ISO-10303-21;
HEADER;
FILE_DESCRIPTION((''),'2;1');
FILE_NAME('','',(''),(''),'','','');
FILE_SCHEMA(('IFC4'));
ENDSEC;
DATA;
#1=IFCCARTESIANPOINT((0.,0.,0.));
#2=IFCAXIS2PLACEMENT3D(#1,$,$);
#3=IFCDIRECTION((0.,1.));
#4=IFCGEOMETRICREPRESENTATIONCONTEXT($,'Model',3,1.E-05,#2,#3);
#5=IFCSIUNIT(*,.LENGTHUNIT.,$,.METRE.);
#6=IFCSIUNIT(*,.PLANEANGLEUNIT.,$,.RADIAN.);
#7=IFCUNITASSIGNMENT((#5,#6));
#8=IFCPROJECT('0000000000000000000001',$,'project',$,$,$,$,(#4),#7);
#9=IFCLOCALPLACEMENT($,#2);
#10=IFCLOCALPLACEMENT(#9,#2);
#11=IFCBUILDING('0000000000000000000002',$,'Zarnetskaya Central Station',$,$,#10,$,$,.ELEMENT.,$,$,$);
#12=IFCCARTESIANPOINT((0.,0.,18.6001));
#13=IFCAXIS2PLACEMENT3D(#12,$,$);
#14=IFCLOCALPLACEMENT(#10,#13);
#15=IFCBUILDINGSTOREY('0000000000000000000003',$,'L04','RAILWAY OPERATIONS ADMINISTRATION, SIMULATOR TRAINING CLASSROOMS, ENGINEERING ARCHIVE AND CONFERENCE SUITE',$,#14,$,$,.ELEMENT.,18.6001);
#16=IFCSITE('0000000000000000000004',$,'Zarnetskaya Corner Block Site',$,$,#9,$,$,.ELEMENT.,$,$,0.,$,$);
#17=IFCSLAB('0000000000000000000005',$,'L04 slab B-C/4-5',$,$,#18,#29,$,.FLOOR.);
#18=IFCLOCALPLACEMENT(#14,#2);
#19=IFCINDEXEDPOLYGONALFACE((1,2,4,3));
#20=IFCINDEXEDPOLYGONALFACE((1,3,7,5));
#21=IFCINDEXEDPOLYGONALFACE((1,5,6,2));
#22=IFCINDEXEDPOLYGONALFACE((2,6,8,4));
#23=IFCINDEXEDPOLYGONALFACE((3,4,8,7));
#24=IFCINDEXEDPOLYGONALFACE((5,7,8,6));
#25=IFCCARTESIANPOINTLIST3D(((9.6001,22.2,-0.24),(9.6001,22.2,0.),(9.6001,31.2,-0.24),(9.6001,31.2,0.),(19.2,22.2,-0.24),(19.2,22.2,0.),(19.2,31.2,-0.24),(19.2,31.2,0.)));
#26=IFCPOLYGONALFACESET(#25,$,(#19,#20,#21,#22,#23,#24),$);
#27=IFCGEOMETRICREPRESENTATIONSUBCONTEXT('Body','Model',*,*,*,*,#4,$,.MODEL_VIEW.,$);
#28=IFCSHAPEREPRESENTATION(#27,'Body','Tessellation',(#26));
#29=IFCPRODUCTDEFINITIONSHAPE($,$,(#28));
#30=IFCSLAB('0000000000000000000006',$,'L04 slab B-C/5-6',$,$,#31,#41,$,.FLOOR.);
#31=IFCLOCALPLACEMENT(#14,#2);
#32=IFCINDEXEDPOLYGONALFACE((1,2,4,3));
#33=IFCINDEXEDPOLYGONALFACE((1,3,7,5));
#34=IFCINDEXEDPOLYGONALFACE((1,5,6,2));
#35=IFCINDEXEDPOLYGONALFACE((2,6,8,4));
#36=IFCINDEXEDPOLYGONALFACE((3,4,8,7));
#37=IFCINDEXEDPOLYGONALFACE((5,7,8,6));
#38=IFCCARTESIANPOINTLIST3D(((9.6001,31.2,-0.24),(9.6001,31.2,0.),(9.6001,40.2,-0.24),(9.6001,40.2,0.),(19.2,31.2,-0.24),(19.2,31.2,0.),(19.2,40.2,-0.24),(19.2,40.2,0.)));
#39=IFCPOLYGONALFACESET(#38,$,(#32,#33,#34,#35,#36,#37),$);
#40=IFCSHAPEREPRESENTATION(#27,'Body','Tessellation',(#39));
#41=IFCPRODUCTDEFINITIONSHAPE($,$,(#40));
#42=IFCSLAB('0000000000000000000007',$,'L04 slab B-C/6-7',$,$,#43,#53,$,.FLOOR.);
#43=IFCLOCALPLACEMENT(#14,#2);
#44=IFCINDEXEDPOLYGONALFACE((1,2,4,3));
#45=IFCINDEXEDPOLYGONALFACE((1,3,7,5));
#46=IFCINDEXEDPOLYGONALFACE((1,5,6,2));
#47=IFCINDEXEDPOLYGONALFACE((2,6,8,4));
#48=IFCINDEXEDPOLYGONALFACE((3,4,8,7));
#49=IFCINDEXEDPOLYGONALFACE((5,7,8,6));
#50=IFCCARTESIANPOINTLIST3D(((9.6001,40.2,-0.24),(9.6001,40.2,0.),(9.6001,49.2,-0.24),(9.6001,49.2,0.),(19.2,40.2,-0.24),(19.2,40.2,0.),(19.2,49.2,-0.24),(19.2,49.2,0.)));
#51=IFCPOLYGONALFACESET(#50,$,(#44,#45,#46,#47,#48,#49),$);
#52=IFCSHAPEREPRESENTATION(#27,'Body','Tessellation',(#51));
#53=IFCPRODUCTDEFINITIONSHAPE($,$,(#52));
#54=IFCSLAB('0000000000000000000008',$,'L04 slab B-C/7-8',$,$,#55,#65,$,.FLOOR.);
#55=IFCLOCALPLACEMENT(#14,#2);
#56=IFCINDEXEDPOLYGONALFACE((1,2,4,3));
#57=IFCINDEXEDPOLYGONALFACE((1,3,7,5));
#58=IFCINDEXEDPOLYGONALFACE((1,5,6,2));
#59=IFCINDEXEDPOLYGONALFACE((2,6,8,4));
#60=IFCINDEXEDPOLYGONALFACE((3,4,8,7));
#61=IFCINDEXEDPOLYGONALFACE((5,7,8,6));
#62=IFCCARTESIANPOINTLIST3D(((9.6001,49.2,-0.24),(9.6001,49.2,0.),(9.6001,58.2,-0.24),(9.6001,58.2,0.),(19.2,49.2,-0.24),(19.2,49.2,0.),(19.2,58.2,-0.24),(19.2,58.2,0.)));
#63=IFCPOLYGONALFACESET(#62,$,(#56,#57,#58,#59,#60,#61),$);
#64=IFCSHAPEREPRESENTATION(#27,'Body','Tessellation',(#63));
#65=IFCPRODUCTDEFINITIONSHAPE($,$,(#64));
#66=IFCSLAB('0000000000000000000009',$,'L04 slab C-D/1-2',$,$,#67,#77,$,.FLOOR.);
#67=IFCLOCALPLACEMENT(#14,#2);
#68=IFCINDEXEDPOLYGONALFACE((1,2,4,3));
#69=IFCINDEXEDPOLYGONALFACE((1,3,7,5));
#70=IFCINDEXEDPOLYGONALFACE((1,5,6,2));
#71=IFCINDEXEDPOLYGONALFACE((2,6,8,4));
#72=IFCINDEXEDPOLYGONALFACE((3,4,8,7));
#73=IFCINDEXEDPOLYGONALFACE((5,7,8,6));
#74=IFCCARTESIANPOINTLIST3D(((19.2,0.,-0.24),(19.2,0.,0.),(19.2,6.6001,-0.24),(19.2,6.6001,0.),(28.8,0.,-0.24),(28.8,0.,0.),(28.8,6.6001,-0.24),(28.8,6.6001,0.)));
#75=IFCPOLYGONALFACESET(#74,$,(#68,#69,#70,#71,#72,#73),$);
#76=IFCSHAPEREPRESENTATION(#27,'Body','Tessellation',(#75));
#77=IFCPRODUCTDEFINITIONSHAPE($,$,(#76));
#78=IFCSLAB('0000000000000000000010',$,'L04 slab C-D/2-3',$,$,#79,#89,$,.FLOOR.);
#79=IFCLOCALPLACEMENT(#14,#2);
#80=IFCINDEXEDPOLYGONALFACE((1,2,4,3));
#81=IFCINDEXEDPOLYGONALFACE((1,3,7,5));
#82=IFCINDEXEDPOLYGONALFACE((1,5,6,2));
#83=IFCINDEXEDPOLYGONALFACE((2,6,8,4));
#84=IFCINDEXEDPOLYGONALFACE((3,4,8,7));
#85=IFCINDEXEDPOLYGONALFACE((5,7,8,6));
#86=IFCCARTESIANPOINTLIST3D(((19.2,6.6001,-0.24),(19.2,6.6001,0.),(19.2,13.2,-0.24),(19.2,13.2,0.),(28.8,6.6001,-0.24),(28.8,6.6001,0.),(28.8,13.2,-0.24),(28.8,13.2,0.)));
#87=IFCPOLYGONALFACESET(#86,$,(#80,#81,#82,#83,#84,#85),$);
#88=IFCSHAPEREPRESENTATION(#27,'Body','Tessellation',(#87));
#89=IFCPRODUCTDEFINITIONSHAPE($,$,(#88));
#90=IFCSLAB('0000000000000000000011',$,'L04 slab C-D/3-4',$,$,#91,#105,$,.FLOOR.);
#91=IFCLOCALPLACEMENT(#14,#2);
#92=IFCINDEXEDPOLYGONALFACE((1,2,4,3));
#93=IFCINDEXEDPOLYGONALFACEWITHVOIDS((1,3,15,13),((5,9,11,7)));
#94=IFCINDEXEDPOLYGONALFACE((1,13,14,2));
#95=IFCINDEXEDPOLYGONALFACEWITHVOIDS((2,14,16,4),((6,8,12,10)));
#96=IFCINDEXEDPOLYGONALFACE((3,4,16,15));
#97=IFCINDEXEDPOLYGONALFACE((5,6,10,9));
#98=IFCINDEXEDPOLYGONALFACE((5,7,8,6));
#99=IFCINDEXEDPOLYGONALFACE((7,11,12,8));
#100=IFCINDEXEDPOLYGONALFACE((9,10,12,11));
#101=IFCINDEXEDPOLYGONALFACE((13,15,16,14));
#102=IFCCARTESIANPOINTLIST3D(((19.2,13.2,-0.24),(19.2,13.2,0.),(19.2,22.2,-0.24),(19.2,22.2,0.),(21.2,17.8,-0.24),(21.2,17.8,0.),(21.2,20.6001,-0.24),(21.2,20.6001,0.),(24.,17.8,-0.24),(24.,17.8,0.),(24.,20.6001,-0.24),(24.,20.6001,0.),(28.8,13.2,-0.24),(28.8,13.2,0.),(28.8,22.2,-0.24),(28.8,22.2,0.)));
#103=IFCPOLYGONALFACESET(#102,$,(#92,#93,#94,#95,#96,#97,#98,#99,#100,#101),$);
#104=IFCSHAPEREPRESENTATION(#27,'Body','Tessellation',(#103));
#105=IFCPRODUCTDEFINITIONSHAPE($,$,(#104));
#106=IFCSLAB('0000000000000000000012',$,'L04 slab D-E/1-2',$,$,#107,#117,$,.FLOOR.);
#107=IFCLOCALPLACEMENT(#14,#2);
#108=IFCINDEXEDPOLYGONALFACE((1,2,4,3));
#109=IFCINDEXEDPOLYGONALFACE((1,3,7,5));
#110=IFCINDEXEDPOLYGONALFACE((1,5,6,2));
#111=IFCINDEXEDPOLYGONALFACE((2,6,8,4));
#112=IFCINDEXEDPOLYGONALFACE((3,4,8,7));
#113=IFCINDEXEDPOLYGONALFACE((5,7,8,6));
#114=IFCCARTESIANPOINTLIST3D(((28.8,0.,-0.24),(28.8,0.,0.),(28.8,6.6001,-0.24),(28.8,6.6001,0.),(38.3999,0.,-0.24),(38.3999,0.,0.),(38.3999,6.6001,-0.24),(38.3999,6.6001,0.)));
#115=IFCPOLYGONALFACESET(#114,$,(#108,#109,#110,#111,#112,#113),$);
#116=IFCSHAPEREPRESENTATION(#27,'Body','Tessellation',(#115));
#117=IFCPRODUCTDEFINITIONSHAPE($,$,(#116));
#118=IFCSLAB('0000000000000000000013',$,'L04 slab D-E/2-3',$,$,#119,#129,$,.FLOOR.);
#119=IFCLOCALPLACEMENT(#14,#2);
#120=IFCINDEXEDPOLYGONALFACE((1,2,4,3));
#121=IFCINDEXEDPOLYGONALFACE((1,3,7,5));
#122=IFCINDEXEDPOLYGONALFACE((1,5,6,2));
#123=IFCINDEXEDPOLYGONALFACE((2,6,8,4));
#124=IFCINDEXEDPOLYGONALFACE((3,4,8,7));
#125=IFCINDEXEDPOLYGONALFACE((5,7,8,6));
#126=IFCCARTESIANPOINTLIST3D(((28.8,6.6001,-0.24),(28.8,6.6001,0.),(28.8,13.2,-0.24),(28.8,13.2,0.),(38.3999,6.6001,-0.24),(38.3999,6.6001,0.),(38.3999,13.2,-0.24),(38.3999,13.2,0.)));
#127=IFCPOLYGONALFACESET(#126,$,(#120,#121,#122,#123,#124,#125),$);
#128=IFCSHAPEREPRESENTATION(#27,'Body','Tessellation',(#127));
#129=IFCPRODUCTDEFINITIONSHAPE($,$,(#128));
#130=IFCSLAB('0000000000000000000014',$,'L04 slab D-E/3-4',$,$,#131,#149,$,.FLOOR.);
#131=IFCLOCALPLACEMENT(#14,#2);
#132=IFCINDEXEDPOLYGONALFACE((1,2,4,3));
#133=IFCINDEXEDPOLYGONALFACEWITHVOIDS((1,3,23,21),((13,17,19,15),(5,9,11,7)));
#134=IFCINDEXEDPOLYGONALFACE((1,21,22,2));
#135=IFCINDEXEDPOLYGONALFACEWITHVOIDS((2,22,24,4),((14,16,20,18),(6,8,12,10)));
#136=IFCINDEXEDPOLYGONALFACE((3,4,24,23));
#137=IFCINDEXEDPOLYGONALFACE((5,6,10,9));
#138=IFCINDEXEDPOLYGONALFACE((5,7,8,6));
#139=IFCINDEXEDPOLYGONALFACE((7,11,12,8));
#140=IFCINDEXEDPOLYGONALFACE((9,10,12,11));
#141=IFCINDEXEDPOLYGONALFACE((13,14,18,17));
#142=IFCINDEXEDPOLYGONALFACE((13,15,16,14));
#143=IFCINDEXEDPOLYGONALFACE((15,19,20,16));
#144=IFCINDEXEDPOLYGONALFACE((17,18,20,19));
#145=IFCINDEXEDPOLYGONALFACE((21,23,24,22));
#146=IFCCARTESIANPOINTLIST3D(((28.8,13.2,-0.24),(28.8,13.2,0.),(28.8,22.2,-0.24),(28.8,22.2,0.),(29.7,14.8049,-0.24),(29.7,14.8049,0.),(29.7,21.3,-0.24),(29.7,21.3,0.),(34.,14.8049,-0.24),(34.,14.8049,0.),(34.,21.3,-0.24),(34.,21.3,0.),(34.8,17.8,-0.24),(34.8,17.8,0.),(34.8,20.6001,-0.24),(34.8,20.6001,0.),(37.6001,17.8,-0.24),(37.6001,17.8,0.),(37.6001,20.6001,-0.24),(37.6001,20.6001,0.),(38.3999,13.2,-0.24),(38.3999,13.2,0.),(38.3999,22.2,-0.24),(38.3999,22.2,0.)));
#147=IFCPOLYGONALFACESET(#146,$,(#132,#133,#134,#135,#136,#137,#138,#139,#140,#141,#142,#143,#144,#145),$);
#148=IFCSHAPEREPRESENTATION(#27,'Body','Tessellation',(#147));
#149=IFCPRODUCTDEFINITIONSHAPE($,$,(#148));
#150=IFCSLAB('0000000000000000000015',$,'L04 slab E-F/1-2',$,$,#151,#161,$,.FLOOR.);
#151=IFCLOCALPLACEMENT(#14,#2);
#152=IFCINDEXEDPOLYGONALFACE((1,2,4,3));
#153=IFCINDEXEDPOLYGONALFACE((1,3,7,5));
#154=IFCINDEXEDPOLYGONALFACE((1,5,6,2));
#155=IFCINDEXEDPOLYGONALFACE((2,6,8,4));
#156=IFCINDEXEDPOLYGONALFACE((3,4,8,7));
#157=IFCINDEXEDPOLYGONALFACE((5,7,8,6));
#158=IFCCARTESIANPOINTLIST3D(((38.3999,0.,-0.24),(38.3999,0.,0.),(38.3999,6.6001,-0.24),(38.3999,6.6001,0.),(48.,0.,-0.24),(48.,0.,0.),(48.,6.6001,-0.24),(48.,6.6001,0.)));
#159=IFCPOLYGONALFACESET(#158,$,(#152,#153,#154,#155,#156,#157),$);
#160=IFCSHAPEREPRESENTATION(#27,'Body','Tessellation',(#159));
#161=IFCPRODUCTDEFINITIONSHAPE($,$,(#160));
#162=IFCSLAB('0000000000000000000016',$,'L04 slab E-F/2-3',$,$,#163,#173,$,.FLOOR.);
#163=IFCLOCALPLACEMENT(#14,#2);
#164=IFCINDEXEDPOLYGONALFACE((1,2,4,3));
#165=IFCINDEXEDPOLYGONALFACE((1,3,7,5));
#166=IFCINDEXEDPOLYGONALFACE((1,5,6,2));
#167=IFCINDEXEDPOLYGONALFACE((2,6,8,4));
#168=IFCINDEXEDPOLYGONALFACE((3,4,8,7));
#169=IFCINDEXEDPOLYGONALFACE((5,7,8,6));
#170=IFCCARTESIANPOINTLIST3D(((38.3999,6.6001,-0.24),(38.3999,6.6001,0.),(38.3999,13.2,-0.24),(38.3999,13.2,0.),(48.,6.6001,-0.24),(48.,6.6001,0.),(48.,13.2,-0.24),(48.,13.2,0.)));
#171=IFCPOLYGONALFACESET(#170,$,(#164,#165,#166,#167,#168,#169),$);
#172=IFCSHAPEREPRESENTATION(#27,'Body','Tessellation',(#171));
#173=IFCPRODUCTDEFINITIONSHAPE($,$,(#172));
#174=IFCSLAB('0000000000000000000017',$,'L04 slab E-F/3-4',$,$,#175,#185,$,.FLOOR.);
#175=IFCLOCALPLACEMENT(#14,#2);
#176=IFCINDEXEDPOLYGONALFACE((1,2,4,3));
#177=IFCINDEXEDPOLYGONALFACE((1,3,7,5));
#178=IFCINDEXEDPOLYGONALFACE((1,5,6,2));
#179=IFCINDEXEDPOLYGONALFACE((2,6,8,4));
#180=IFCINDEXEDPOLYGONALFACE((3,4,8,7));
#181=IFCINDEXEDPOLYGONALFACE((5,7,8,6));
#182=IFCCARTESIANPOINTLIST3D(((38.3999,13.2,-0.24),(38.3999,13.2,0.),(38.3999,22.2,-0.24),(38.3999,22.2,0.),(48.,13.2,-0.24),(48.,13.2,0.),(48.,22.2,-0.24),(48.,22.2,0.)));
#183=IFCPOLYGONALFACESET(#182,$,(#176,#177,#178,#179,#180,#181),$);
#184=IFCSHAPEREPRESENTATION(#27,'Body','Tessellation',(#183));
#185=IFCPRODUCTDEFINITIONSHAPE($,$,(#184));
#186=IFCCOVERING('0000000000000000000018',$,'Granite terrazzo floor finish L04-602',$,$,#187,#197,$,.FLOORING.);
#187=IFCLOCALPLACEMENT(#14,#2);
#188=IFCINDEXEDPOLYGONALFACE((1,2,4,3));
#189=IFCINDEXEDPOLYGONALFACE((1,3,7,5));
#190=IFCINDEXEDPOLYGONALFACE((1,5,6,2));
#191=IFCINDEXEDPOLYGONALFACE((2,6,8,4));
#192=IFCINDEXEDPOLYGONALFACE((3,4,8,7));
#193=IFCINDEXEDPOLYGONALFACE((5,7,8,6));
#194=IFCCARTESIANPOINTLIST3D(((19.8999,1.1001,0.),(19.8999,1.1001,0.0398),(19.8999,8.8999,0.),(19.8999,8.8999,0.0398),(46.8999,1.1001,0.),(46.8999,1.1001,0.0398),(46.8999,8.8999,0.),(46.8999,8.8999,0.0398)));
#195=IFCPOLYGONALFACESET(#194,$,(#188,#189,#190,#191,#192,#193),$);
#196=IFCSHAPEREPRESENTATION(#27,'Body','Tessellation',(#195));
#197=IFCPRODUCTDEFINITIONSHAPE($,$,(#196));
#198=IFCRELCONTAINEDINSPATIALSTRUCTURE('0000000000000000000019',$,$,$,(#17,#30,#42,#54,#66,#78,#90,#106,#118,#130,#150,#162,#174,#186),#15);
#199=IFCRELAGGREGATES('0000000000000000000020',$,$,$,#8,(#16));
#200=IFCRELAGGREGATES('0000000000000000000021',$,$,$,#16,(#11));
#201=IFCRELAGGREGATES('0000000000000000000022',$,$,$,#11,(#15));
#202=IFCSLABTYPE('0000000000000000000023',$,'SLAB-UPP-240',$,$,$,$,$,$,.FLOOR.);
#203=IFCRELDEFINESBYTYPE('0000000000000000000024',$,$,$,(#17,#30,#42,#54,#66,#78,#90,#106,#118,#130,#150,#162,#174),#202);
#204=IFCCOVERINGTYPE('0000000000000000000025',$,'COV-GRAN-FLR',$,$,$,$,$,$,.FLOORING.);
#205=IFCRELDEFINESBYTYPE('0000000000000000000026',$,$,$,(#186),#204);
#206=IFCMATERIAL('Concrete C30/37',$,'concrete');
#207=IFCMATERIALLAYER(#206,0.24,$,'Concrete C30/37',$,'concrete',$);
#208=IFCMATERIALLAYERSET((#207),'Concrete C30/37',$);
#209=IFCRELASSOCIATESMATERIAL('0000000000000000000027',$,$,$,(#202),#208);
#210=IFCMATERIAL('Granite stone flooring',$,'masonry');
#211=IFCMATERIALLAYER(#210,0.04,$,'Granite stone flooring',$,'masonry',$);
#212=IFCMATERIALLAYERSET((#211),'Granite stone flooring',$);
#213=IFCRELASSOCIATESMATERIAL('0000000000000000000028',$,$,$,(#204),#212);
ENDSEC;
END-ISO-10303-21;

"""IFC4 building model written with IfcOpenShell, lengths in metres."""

from ifc_helpers import new_model, si_unit, direction, frame, origin, place, context, subcontext, project, spatial, polyline, outline, extrude, material, layer, layer_set, type_object, element, save


model = new_model("IFC4")

# Units and contexts
model_context = context("Model", 3, precision=1e-05, world=origin(), true_north=direction((0.0, 1.0)))
body_context = subcontext(model_context, "Body", "Model", "MODEL_VIEW")
ifc_project = project(units=[si_unit("LENGTHUNIT", "METRE"), si_unit("PLANEANGLEUNIT", "RADIAN")], contexts=[model_context])

# Site, building, storey
site_placement = place(None, origin())
site = spatial("IfcSite", under=ifc_project, at=site_placement, Name="Zarnetskaya Corner Block Site", CompositionType="ELEMENT", RefElevation=0.0)
building_placement = place(site_placement, origin())
building = spatial("IfcBuilding", under=site, at=building_placement, Name="Zarnetskaya Central Station", CompositionType="ELEMENT")
storey_placement = place(building_placement, frame((0.0, 0.0, 18.6001)))
storey = spatial("IfcBuildingStorey", under=building, at=storey_placement, Name="L04", Description="RAILWAY OPERATIONS ADMINISTRATION, SIMULATOR TRAINING CLASSROOMS, ENGINEERING ARCHIVE AND CONFERENCE SUITE", CompositionType="ELEMENT", Elevation=18.6001)

# Shared definitions
ifc_material_1 = material(Name="Concrete C30/37", Category="concrete")

# Slabs
ifc_layer_1 = layer(ifc_material_1, 0.24, Name="Concrete C30/37", Category="concrete")
ifc_layer_set_1 = layer_set([ifc_layer_1], Name="Concrete C30/37")
slab_type_1 = type_object("IfcSlabType", Name="SLAB-UPP-240", PredefinedType="FLOOR", material=ifc_layer_set_1)
slab_1_placement = place(storey_placement, frame((0.0, 0.0, -0.24)))
element("IfcSlab", 1, at=slab_1_placement, inside=storey, type_object=slab_type_1, Name="L04 slab B-C/4-5", PredefinedType="FLOOR", context=body_context, shape_type="SweptSolid", body=[
    extrude(outline(polyline([(9.6001, 22.2), (19.2, 22.2), (19.2, 31.2), (9.6001, 31.2), (9.6001, 22.2)])), origin(), (0.0, 0.0, 1.0), 0.24),
])
slab_2_placement = place(storey_placement, frame((0.0, 0.0, -0.24)))
element("IfcSlab", 2, at=slab_2_placement, inside=storey, type_object=slab_type_1, Name="L04 slab B-C/5-6", PredefinedType="FLOOR", context=body_context, shape_type="SweptSolid", body=[
    extrude(outline(polyline([(9.6001, 31.2), (19.2, 31.2), (19.2, 40.2), (9.6001, 40.2), (9.6001, 31.2)])), origin(), (0.0, 0.0, 1.0), 0.24),
])
slab_3_placement = place(storey_placement, frame((0.0, 0.0, -0.24)))
element("IfcSlab", 3, at=slab_3_placement, inside=storey, type_object=slab_type_1, Name="L04 slab B-C/6-7", PredefinedType="FLOOR", context=body_context, shape_type="SweptSolid", body=[
    extrude(outline(polyline([(9.6001, 40.2), (19.2, 40.2), (19.2, 49.2), (9.6001, 49.2), (9.6001, 40.2)])), origin(), (0.0, 0.0, 1.0), 0.24),
])
slab_4_placement = place(storey_placement, frame((0.0, 0.0, -0.24)))
element("IfcSlab", 4, at=slab_4_placement, inside=storey, type_object=slab_type_1, Name="L04 slab B-C/7-8", PredefinedType="FLOOR", context=body_context, shape_type="SweptSolid", body=[
    extrude(outline(polyline([(9.6001, 49.2), (19.2, 49.2), (19.2, 58.2), (9.6001, 58.2), (9.6001, 49.2)])), origin(), (0.0, 0.0, 1.0), 0.24),
])
slab_5_placement = place(storey_placement, frame((0.0, 0.0, -0.24)))
element("IfcSlab", 5, at=slab_5_placement, inside=storey, type_object=slab_type_1, Name="L04 slab C-D/1-2", PredefinedType="FLOOR", context=body_context, shape_type="SweptSolid", body=[
    extrude(outline(polyline([(19.2, 0.0), (28.8, 0.0), (28.8, 6.6001), (19.2, 6.6001), (19.2, 0.0)])), origin(), (0.0, 0.0, 1.0), 0.24),
])
slab_6_placement = place(storey_placement, frame((0.0, 0.0, -0.24)))
element("IfcSlab", 6, at=slab_6_placement, inside=storey, type_object=slab_type_1, Name="L04 slab C-D/2-3", PredefinedType="FLOOR", context=body_context, shape_type="SweptSolid", body=[
    extrude(outline(polyline([(19.2, 6.6001), (28.8, 6.6001), (28.8, 13.2), (19.2, 13.2), (19.2, 6.6001)])), origin(), (0.0, 0.0, 1.0), 0.24),
])
slab_7_placement = place(storey_placement, frame((0.0, 0.0, -0.24)))
element("IfcSlab", 7, at=slab_7_placement, inside=storey, type_object=slab_type_1, Name="L04 slab C-D/3-4", PredefinedType="FLOOR", context=body_context, shape_type="SweptSolid", body=[
    extrude(outline(polyline([(19.2, 13.2), (28.8, 13.2), (28.8, 22.2), (19.2, 22.2), (19.2, 13.2)]), holes=[polyline([(21.2, 17.8), (24.0, 17.8), (24.0, 20.6001), (21.2, 20.6001), (21.2, 17.8)])]), origin(), (0.0, 0.0, 1.0), 0.24),
])
slab_8_placement = place(storey_placement, frame((0.0, 0.0, -0.24)))
element("IfcSlab", 8, at=slab_8_placement, inside=storey, type_object=slab_type_1, Name="L04 slab D-E/1-2", PredefinedType="FLOOR", context=body_context, shape_type="SweptSolid", body=[
    extrude(outline(polyline([(28.8, 0.0), (38.3999, 0.0), (38.3999, 6.6001), (28.8, 6.6001), (28.8, 0.0)])), origin(), (0.0, 0.0, 1.0), 0.24),
])
slab_9_placement = place(storey_placement, frame((0.0, 0.0, -0.24)))
element("IfcSlab", 9, at=slab_9_placement, inside=storey, type_object=slab_type_1, Name="L04 slab D-E/2-3", PredefinedType="FLOOR", context=body_context, shape_type="SweptSolid", body=[
    extrude(outline(polyline([(28.8, 6.6001), (38.3999, 6.6001), (38.3999, 13.2), (28.8, 13.2), (28.8, 6.6001)])), origin(), (0.0, 0.0, 1.0), 0.24),
])
slab_10_placement = place(storey_placement, frame((0.0, 0.0, -0.24)))
element("IfcSlab", 10, at=slab_10_placement, inside=storey, type_object=slab_type_1, Name="L04 slab D-E/3-4", PredefinedType="FLOOR", context=body_context, shape_type="SweptSolid", body=[
    extrude(outline(polyline([(28.8, 13.2), (38.3999, 13.2), (38.3999, 22.2), (28.8, 22.2), (28.8, 13.2)]), holes=[polyline([(29.7, 14.8049), (34.0, 14.8049), (34.0, 21.3), (29.7, 21.3), (29.7, 14.8049)]), polyline([(34.8, 17.8), (37.6001, 17.8), (37.6001, 20.6001), (34.8, 20.6001), (34.8, 17.8)])]), origin(), (0.0, 0.0, 1.0), 0.24),
])
slab_11_placement = place(storey_placement, frame((0.0, 0.0, -0.24)))
element("IfcSlab", 11, at=slab_11_placement, inside=storey, type_object=slab_type_1, Name="L04 slab E-F/1-2", PredefinedType="FLOOR", context=body_context, shape_type="SweptSolid", body=[
    extrude(outline(polyline([(38.3999, 0.0), (48.0, 0.0), (48.0, 6.6001), (38.3999, 6.6001), (38.3999, 0.0)])), origin(), (0.0, 0.0, 1.0), 0.24),
])
slab_12_placement = place(storey_placement, frame((0.0, 0.0, -0.24)))
element("IfcSlab", 12, at=slab_12_placement, inside=storey, type_object=slab_type_1, Name="L04 slab E-F/2-3", PredefinedType="FLOOR", context=body_context, shape_type="SweptSolid", body=[
    extrude(outline(polyline([(38.3999, 6.6001), (48.0, 6.6001), (48.0, 13.2), (38.3999, 13.2), (38.3999, 6.6001)])), origin(), (0.0, 0.0, 1.0), 0.24),
])
slab_13_placement = place(storey_placement, frame((0.0, 0.0, -0.24)))
element("IfcSlab", 13, at=slab_13_placement, inside=storey, type_object=slab_type_1, Name="L04 slab E-F/3-4", PredefinedType="FLOOR", context=body_context, shape_type="SweptSolid", body=[
    extrude(outline(polyline([(38.3999, 13.2), (48.0, 13.2), (48.0, 22.2), (38.3999, 22.2), (38.3999, 13.2)])), origin(), (0.0, 0.0, 1.0), 0.24),
])

# Covering
ifc_material_2 = material(Name="Granite stone flooring", Category="masonry")
ifc_layer_2 = layer(ifc_material_2, 0.04, Name="Granite stone flooring", Category="masonry")
ifc_layer_set_2 = layer_set([ifc_layer_2], Name="Granite stone flooring")
covering_type_1 = type_object("IfcCoveringType", Name="COV-GRAN-FLR", PredefinedType="FLOORING", material=ifc_layer_set_2)
covering_1_placement = place(storey_placement, origin())
element("IfcCovering", 14, at=covering_1_placement, inside=storey, type_object=covering_type_1, Name="Granite terrazzo floor finish L04-602", PredefinedType="FLOORING", context=body_context, shape_type="SweptSolid", body=[
    extrude(outline(polyline([(19.8999, 1.1001), (46.8999, 1.1001), (46.8999, 8.8999), (19.8999, 8.8999), (19.8999, 1.1001)])), origin(), (0.0, 0.0, 1.0), 0.0398),
])

save(model, "model.ifc")
